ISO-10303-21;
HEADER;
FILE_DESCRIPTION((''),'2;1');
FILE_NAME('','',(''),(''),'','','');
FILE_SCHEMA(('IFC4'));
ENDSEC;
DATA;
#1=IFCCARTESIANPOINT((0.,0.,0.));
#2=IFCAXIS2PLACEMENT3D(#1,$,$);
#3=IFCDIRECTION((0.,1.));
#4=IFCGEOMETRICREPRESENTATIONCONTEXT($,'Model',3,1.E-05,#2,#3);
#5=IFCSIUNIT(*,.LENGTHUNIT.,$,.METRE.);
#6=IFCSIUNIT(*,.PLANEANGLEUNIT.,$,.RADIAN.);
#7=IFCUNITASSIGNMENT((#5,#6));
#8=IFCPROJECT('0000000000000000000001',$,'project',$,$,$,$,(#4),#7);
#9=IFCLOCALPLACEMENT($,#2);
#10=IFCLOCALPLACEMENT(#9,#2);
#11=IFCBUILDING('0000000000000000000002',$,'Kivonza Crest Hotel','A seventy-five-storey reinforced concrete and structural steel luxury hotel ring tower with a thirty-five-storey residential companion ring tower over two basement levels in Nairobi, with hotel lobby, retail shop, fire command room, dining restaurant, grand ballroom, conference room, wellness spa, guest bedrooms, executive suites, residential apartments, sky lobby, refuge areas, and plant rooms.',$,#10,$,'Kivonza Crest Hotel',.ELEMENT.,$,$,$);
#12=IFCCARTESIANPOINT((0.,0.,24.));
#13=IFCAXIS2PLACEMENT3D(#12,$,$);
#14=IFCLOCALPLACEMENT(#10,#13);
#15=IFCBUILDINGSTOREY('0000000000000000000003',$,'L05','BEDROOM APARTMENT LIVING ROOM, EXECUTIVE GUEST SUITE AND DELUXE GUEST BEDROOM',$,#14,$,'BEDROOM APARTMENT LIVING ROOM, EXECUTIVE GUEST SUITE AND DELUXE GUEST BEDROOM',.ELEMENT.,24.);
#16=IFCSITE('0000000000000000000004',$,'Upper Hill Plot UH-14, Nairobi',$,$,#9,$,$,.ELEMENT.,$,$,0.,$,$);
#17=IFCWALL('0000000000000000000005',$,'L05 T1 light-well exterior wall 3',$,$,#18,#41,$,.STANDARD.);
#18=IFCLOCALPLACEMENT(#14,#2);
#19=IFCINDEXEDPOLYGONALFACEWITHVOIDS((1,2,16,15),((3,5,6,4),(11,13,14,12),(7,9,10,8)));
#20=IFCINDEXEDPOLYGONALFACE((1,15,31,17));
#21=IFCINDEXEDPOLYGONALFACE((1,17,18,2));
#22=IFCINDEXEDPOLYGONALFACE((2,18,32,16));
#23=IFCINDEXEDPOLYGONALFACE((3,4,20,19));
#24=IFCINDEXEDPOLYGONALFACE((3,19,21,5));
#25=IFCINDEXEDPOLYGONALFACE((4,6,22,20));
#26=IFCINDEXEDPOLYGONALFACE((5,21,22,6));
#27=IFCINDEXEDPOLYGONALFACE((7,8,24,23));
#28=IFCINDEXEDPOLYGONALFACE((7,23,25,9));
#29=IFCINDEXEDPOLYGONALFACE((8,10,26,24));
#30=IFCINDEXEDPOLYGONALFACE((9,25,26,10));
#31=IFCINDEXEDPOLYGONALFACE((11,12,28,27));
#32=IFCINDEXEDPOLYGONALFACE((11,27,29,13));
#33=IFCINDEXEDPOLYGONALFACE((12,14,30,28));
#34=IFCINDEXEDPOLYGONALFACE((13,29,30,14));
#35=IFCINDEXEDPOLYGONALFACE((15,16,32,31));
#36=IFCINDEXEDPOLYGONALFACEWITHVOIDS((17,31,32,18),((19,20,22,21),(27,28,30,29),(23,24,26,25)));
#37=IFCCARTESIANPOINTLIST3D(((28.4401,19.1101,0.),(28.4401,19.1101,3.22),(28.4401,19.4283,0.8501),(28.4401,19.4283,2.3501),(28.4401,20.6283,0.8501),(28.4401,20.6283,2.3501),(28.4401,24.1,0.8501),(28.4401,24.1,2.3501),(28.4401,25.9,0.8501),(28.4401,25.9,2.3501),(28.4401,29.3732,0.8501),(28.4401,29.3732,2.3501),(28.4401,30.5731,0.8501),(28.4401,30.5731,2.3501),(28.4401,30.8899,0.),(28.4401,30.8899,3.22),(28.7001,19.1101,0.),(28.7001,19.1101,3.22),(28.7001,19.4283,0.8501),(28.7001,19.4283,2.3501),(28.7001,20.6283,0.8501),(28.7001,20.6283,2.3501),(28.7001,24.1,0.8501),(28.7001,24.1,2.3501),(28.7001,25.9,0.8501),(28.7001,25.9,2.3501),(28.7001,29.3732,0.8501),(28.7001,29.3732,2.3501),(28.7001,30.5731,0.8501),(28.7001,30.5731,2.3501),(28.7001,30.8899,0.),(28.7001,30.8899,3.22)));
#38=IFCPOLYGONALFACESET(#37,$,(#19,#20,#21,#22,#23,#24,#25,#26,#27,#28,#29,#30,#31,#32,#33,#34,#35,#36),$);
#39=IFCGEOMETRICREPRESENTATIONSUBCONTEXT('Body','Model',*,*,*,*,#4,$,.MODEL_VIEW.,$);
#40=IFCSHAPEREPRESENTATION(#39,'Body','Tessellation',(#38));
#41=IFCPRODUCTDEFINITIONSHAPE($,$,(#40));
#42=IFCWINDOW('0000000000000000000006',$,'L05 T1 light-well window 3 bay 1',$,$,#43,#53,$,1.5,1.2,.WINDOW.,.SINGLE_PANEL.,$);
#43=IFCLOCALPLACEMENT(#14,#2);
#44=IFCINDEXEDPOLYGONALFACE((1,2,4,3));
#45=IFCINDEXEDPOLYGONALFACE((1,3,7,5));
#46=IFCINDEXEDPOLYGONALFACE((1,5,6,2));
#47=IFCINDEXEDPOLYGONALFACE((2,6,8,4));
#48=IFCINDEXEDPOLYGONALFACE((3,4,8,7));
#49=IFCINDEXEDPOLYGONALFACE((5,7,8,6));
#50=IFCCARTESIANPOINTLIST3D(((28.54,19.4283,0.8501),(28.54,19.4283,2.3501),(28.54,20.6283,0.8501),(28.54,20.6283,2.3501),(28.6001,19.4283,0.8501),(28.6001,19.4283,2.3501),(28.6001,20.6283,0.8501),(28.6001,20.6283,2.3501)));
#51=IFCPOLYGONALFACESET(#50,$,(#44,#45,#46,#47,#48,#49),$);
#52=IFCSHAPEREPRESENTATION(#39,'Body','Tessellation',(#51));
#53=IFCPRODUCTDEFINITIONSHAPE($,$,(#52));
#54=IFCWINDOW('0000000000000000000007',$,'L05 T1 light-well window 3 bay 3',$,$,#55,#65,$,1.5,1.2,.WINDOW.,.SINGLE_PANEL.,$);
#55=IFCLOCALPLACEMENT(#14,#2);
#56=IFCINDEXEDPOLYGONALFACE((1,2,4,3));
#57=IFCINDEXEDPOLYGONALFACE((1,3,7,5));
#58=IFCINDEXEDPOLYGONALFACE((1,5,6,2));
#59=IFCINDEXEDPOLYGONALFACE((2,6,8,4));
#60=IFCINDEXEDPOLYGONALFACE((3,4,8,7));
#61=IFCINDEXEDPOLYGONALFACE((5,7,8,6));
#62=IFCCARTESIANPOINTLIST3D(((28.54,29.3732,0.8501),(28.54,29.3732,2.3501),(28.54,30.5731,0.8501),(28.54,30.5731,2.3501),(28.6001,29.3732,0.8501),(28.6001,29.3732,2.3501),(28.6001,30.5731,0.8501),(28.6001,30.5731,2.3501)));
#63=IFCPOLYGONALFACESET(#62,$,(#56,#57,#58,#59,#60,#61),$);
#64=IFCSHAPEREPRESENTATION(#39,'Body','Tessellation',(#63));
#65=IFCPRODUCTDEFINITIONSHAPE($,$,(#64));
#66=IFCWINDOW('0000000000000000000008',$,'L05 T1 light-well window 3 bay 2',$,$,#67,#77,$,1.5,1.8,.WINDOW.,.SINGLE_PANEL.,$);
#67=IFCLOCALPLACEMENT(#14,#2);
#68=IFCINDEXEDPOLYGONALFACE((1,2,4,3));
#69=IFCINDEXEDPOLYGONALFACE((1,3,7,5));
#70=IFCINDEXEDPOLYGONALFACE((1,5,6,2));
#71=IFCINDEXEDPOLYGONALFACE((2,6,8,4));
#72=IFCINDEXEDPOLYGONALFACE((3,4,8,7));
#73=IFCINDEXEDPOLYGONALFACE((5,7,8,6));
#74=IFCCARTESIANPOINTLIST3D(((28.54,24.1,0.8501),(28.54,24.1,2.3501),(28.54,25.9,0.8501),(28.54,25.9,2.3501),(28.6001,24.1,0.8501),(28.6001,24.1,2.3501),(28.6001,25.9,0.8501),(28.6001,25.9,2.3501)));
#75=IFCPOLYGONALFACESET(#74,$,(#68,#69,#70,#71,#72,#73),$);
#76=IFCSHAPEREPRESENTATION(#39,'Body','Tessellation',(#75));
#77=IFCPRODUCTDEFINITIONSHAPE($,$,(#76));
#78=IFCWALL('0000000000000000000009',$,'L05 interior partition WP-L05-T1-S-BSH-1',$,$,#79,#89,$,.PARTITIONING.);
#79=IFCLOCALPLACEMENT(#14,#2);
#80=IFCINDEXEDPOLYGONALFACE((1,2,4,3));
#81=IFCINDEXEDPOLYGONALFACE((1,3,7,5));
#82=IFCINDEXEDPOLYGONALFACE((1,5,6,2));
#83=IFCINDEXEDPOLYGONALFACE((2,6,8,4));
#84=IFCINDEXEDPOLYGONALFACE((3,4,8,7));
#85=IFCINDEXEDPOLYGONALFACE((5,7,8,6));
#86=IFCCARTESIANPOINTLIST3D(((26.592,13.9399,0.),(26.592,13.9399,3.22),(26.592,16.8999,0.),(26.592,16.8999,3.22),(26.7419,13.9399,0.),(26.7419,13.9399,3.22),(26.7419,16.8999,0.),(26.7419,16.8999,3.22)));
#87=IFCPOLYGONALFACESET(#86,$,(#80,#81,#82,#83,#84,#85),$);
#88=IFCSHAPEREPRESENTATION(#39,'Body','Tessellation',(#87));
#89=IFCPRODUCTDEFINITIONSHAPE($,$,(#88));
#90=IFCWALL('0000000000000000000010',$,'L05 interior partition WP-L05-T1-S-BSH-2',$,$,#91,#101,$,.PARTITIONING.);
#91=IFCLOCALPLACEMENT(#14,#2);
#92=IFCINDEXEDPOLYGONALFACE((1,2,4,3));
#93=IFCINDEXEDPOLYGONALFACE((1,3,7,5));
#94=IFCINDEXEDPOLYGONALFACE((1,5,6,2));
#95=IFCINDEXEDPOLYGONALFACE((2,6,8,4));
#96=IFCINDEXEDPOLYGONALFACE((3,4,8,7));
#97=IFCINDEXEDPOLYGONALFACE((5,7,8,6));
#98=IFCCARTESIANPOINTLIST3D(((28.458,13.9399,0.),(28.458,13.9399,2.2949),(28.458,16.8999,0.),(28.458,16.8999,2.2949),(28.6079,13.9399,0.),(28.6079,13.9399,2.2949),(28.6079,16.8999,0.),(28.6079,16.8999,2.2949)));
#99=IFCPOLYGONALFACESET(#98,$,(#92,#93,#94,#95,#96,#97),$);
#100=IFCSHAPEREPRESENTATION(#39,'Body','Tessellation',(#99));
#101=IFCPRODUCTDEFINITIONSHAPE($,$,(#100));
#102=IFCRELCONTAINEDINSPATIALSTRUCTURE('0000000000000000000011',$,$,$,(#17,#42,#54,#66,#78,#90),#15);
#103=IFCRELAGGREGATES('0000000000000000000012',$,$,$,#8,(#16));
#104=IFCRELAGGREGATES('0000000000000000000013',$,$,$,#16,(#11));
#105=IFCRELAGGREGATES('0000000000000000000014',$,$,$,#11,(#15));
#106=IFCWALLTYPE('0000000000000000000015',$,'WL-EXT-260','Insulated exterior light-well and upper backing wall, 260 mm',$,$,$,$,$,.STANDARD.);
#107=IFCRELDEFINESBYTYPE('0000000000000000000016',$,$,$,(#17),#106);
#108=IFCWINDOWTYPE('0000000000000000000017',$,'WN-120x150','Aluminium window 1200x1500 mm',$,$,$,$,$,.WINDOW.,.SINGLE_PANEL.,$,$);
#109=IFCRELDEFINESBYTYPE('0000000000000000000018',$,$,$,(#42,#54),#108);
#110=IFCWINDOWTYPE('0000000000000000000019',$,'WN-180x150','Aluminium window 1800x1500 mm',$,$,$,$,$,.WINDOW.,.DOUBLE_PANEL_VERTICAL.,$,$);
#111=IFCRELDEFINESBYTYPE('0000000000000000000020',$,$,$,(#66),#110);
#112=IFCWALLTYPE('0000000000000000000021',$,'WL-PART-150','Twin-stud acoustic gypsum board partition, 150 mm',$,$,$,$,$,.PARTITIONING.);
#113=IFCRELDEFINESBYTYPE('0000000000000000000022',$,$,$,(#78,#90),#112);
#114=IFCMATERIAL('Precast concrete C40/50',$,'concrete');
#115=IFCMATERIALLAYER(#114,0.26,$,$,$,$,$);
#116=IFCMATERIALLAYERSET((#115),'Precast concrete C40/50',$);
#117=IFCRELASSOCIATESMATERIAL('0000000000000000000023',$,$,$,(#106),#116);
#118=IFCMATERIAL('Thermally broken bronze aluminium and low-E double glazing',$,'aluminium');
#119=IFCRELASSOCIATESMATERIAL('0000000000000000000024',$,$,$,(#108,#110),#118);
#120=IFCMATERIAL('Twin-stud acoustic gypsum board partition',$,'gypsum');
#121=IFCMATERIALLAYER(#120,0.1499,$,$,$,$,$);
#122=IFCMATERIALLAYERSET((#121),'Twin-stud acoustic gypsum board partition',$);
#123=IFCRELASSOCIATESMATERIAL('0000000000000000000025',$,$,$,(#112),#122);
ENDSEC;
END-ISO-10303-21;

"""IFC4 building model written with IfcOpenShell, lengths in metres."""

from ifc_helpers import new_model, si_unit, direction, frame, frame_2d, origin, place, context, subcontext, project, spatial, rectangle, extrude, material, layer, layer_set, type_object, element, fill, save


model = new_model("IFC4")

# Units and contexts
model_context = context("Model", 3, precision=1e-05, world=origin(), true_north=direction((0.0, 1.0)))
body_context = subcontext(model_context, "Body", "Model", "MODEL_VIEW")
ifc_project = project(units=[si_unit("LENGTHUNIT", "METRE"), si_unit("PLANEANGLEUNIT", "RADIAN")], contexts=[model_context])

# Site, building, storey
site_placement = place(None, origin())
site = spatial("IfcSite", under=ifc_project, at=site_placement, Name="Upper Hill Plot UH-14, Nairobi", CompositionType="ELEMENT", RefElevation=0.0)
building_placement = place(site_placement, origin())
building = spatial("IfcBuilding", under=site, at=building_placement, Name="Kivonza Crest Hotel", Description="A seventy-five-storey reinforced concrete and structural steel luxury hotel ring tower with a thirty-five-storey residential companion ring tower over two basement levels in Nairobi, with hotel lobby, retail shop, fire command room, dining restaurant, grand ballroom, conference room, wellness spa, guest bedrooms, executive suites, residential apartments, sky lobby, refuge areas, and plant rooms.", LongName="Kivonza Crest Hotel", CompositionType="ELEMENT")
storey_placement = place(building_placement, frame((0.0, 0.0, 24.0)))
storey = spatial("IfcBuildingStorey", under=building, at=storey_placement, Name="L05", Description="BEDROOM APARTMENT LIVING ROOM, EXECUTIVE GUEST SUITE AND DELUXE GUEST BEDROOM", LongName="BEDROOM APARTMENT LIVING ROOM, EXECUTIVE GUEST SUITE AND DELUXE GUEST BEDROOM", CompositionType="ELEMENT", Elevation=24.0)

# Shared definitions
ifc_material_1 = material(Name="Precast concrete C40/50", Category="concrete")
ifc_layer_1 = layer(ifc_material_1, 0.26)
ifc_layer_set_1 = layer_set([ifc_layer_1], Name="Precast concrete C40/50")
wall_type_1 = type_object("IfcWallType", Name="WL-EXT-260", Description="Insulated exterior light-well and upper backing wall, 260 mm", PredefinedType="STANDARD", material=ifc_layer_set_1)

# Wall, openings, windows
wall_1_placement = place(storey_placement, frame((28.5701, 19.1101, 0.0), z_axis=(0.0, 0.0, 1.0), x_axis=(0.0, 1.0, 0.0)))
wall_1 = element("IfcWall", 1, at=wall_1_placement, inside=storey, type_object=wall_type_1, Name="L05 T1 light-well exterior wall 3", PredefinedType="STANDARD", context=body_context, shape_type="SweptSolid", body=[
    extrude(rectangle(XDim=11.7798, YDim=0.26, at=frame_2d((5.8899, 0.0))), origin(), (0.0, 0.0, 1.0), 3.22),
])
opening_1_placement = place(wall_1_placement, frame((0.3181, 0.0, 0.8501)))
opening_1 = element("IfcOpeningElement", 2, at=opening_1_placement, cuts=wall_1, PredefinedType="OPENING", context=body_context, shape_type="SweptSolid", body=[
    extrude(rectangle(XDim=1.2, YDim=1.5, at=frame_2d((0.6001, 0.75))), frame((0.0, 0.1401, 0.0), z_axis=(0.0, -1.0, 0.0), x_axis=(1.0, 0.0, 0.0)), (0.0, 0.0, 1.0), 0.28),
])
opening_2_placement = place(wall_1_placement, frame((4.99, 0.0, 0.8501)))
opening_2 = element("IfcOpeningElement", 3, at=opening_2_placement, cuts=wall_1, PredefinedType="OPENING", context=body_context, shape_type="SweptSolid", body=[
    extrude(rectangle(XDim=1.8, YDim=1.5, at=frame_2d((0.8999, 0.75))), frame((0.0, 0.1401, 0.0), z_axis=(0.0, -1.0, 0.0), x_axis=(1.0, 0.0, 0.0)), (0.0, 0.0, 1.0), 0.28),
])
opening_3_placement = place(wall_1_placement, frame((10.2629, 0.0, 0.8501)))
opening_3 = element("IfcOpeningElement", 4, at=opening_3_placement, cuts=wall_1, PredefinedType="OPENING", context=body_context, shape_type="SweptSolid", body=[
    extrude(rectangle(XDim=1.2, YDim=1.5, at=frame_2d((0.6001, 0.75))), frame((0.0, 0.1401, 0.0), z_axis=(0.0, -1.0, 0.0), x_axis=(1.0, 0.0, 0.0)), (0.0, 0.0, 1.0), 0.28),
])
ifc_material_2 = material(Name="Thermally broken bronze aluminium and low-E double glazing", Category="aluminium")
window_type_1 = type_object("IfcWindowType", Name="WN-120x150", Description="Aluminium window 1200x1500 mm", PartitioningType="SINGLE_PANEL", PredefinedType="WINDOW", material=ifc_material_2)
window_1_placement = place(opening_1_placement, origin())
window_1 = element("IfcWindow", 5, at=window_1_placement, inside=storey, type_object=window_type_1, Name="L05 T1 light-well window 3 bay 1", OverallHeight=1.5, OverallWidth=1.2, PartitioningType="SINGLE_PANEL", PredefinedType="WINDOW", context=body_context, shape_type="SweptSolid", body=[
    extrude(rectangle(XDim=1.2, YDim=1.5, at=frame_2d((0.6001, 0.75))), frame((0.0, 0.03, 0.0), z_axis=(0.0, -1.0, 0.0), x_axis=(1.0, 0.0, 0.0)), (0.0, 0.0, 1.0), 0.0601),
])
fill(opening_1, window_1)
window_2_placement = place(opening_3_placement, origin())
window_2 = element("IfcWindow", 6, at=window_2_placement, inside=storey, type_object=window_type_1, Name="L05 T1 light-well window 3 bay 3", OverallHeight=1.5, OverallWidth=1.2, PartitioningType="SINGLE_PANEL", PredefinedType="WINDOW", context=body_context, shape_type="SweptSolid", body=[
    extrude(rectangle(XDim=1.2, YDim=1.5, at=frame_2d((0.6001, 0.75))), frame((0.0, 0.03, 0.0), z_axis=(0.0, -1.0, 0.0), x_axis=(1.0, 0.0, 0.0)), (0.0, 0.0, 1.0), 0.0601),
])
fill(opening_3, window_2)
window_type_2 = type_object("IfcWindowType", Name="WN-180x150", Description="Aluminium window 1800x1500 mm", PartitioningType="DOUBLE_PANEL_VERTICAL", PredefinedType="WINDOW", material=ifc_material_2)
window_3_placement = place(opening_2_placement, origin())
window_3 = element("IfcWindow", 7, at=window_3_placement, inside=storey, type_object=window_type_2, Name="L05 T1 light-well window 3 bay 2", OverallHeight=1.5, OverallWidth=1.8, PartitioningType="SINGLE_PANEL", PredefinedType="WINDOW", context=body_context, shape_type="SweptSolid", body=[
    extrude(rectangle(XDim=1.8, YDim=1.5, at=frame_2d((0.8999, 0.75))), frame((0.0, 0.03, 0.0), z_axis=(0.0, -1.0, 0.0), x_axis=(1.0, 0.0, 0.0)), (0.0, 0.0, 1.0), 0.0601),
])
fill(opening_2, window_3)

# Walls
ifc_material_3 = material(Name="Twin-stud acoustic gypsum board partition", Category="gypsum")
ifc_layer_2 = layer(ifc_material_3, 0.1499)
ifc_layer_set_2 = layer_set([ifc_layer_2], Name="Twin-stud acoustic gypsum board partition")
wall_type_2 = type_object("IfcWallType", Name="WL-PART-150", Description="Twin-stud acoustic gypsum board partition, 150 mm", PredefinedType="PARTITIONING", material=ifc_layer_set_2)
wall_2_placement = place(storey_placement, frame((26.667, 13.9399, 0.0), z_axis=(0.0, 0.0, 1.0), x_axis=(0.0, 1.0, 0.0)))
element("IfcWall", 8, at=wall_2_placement, inside=storey, type_object=wall_type_2, Name="L05 interior partition WP-L05-T1-S-BSH-1", PredefinedType="PARTITIONING", context=body_context, shape_type="SweptSolid", body=[
    extrude(rectangle(XDim=2.96, YDim=0.1499, at=frame_2d((1.48, 0.0))), origin(), (0.0, 0.0, 1.0), 3.22),
])
wall_3_placement = place(storey_placement, frame((28.533, 13.9399, 0.0), z_axis=(0.0, 0.0, 1.0), x_axis=(0.0, 1.0, 0.0)))
element("IfcWall", 9, at=wall_3_placement, inside=storey, type_object=wall_type_2, Name="L05 interior partition WP-L05-T1-S-BSH-2", PredefinedType="PARTITIONING", context=body_context, shape_type="SweptSolid", body=[
    extrude(rectangle(XDim=2.96, YDim=0.1499, at=frame_2d((1.48, 0.0))), origin(), (0.0, 0.0, 1.0), 2.2949),
])

save(model, "model.ifc")
